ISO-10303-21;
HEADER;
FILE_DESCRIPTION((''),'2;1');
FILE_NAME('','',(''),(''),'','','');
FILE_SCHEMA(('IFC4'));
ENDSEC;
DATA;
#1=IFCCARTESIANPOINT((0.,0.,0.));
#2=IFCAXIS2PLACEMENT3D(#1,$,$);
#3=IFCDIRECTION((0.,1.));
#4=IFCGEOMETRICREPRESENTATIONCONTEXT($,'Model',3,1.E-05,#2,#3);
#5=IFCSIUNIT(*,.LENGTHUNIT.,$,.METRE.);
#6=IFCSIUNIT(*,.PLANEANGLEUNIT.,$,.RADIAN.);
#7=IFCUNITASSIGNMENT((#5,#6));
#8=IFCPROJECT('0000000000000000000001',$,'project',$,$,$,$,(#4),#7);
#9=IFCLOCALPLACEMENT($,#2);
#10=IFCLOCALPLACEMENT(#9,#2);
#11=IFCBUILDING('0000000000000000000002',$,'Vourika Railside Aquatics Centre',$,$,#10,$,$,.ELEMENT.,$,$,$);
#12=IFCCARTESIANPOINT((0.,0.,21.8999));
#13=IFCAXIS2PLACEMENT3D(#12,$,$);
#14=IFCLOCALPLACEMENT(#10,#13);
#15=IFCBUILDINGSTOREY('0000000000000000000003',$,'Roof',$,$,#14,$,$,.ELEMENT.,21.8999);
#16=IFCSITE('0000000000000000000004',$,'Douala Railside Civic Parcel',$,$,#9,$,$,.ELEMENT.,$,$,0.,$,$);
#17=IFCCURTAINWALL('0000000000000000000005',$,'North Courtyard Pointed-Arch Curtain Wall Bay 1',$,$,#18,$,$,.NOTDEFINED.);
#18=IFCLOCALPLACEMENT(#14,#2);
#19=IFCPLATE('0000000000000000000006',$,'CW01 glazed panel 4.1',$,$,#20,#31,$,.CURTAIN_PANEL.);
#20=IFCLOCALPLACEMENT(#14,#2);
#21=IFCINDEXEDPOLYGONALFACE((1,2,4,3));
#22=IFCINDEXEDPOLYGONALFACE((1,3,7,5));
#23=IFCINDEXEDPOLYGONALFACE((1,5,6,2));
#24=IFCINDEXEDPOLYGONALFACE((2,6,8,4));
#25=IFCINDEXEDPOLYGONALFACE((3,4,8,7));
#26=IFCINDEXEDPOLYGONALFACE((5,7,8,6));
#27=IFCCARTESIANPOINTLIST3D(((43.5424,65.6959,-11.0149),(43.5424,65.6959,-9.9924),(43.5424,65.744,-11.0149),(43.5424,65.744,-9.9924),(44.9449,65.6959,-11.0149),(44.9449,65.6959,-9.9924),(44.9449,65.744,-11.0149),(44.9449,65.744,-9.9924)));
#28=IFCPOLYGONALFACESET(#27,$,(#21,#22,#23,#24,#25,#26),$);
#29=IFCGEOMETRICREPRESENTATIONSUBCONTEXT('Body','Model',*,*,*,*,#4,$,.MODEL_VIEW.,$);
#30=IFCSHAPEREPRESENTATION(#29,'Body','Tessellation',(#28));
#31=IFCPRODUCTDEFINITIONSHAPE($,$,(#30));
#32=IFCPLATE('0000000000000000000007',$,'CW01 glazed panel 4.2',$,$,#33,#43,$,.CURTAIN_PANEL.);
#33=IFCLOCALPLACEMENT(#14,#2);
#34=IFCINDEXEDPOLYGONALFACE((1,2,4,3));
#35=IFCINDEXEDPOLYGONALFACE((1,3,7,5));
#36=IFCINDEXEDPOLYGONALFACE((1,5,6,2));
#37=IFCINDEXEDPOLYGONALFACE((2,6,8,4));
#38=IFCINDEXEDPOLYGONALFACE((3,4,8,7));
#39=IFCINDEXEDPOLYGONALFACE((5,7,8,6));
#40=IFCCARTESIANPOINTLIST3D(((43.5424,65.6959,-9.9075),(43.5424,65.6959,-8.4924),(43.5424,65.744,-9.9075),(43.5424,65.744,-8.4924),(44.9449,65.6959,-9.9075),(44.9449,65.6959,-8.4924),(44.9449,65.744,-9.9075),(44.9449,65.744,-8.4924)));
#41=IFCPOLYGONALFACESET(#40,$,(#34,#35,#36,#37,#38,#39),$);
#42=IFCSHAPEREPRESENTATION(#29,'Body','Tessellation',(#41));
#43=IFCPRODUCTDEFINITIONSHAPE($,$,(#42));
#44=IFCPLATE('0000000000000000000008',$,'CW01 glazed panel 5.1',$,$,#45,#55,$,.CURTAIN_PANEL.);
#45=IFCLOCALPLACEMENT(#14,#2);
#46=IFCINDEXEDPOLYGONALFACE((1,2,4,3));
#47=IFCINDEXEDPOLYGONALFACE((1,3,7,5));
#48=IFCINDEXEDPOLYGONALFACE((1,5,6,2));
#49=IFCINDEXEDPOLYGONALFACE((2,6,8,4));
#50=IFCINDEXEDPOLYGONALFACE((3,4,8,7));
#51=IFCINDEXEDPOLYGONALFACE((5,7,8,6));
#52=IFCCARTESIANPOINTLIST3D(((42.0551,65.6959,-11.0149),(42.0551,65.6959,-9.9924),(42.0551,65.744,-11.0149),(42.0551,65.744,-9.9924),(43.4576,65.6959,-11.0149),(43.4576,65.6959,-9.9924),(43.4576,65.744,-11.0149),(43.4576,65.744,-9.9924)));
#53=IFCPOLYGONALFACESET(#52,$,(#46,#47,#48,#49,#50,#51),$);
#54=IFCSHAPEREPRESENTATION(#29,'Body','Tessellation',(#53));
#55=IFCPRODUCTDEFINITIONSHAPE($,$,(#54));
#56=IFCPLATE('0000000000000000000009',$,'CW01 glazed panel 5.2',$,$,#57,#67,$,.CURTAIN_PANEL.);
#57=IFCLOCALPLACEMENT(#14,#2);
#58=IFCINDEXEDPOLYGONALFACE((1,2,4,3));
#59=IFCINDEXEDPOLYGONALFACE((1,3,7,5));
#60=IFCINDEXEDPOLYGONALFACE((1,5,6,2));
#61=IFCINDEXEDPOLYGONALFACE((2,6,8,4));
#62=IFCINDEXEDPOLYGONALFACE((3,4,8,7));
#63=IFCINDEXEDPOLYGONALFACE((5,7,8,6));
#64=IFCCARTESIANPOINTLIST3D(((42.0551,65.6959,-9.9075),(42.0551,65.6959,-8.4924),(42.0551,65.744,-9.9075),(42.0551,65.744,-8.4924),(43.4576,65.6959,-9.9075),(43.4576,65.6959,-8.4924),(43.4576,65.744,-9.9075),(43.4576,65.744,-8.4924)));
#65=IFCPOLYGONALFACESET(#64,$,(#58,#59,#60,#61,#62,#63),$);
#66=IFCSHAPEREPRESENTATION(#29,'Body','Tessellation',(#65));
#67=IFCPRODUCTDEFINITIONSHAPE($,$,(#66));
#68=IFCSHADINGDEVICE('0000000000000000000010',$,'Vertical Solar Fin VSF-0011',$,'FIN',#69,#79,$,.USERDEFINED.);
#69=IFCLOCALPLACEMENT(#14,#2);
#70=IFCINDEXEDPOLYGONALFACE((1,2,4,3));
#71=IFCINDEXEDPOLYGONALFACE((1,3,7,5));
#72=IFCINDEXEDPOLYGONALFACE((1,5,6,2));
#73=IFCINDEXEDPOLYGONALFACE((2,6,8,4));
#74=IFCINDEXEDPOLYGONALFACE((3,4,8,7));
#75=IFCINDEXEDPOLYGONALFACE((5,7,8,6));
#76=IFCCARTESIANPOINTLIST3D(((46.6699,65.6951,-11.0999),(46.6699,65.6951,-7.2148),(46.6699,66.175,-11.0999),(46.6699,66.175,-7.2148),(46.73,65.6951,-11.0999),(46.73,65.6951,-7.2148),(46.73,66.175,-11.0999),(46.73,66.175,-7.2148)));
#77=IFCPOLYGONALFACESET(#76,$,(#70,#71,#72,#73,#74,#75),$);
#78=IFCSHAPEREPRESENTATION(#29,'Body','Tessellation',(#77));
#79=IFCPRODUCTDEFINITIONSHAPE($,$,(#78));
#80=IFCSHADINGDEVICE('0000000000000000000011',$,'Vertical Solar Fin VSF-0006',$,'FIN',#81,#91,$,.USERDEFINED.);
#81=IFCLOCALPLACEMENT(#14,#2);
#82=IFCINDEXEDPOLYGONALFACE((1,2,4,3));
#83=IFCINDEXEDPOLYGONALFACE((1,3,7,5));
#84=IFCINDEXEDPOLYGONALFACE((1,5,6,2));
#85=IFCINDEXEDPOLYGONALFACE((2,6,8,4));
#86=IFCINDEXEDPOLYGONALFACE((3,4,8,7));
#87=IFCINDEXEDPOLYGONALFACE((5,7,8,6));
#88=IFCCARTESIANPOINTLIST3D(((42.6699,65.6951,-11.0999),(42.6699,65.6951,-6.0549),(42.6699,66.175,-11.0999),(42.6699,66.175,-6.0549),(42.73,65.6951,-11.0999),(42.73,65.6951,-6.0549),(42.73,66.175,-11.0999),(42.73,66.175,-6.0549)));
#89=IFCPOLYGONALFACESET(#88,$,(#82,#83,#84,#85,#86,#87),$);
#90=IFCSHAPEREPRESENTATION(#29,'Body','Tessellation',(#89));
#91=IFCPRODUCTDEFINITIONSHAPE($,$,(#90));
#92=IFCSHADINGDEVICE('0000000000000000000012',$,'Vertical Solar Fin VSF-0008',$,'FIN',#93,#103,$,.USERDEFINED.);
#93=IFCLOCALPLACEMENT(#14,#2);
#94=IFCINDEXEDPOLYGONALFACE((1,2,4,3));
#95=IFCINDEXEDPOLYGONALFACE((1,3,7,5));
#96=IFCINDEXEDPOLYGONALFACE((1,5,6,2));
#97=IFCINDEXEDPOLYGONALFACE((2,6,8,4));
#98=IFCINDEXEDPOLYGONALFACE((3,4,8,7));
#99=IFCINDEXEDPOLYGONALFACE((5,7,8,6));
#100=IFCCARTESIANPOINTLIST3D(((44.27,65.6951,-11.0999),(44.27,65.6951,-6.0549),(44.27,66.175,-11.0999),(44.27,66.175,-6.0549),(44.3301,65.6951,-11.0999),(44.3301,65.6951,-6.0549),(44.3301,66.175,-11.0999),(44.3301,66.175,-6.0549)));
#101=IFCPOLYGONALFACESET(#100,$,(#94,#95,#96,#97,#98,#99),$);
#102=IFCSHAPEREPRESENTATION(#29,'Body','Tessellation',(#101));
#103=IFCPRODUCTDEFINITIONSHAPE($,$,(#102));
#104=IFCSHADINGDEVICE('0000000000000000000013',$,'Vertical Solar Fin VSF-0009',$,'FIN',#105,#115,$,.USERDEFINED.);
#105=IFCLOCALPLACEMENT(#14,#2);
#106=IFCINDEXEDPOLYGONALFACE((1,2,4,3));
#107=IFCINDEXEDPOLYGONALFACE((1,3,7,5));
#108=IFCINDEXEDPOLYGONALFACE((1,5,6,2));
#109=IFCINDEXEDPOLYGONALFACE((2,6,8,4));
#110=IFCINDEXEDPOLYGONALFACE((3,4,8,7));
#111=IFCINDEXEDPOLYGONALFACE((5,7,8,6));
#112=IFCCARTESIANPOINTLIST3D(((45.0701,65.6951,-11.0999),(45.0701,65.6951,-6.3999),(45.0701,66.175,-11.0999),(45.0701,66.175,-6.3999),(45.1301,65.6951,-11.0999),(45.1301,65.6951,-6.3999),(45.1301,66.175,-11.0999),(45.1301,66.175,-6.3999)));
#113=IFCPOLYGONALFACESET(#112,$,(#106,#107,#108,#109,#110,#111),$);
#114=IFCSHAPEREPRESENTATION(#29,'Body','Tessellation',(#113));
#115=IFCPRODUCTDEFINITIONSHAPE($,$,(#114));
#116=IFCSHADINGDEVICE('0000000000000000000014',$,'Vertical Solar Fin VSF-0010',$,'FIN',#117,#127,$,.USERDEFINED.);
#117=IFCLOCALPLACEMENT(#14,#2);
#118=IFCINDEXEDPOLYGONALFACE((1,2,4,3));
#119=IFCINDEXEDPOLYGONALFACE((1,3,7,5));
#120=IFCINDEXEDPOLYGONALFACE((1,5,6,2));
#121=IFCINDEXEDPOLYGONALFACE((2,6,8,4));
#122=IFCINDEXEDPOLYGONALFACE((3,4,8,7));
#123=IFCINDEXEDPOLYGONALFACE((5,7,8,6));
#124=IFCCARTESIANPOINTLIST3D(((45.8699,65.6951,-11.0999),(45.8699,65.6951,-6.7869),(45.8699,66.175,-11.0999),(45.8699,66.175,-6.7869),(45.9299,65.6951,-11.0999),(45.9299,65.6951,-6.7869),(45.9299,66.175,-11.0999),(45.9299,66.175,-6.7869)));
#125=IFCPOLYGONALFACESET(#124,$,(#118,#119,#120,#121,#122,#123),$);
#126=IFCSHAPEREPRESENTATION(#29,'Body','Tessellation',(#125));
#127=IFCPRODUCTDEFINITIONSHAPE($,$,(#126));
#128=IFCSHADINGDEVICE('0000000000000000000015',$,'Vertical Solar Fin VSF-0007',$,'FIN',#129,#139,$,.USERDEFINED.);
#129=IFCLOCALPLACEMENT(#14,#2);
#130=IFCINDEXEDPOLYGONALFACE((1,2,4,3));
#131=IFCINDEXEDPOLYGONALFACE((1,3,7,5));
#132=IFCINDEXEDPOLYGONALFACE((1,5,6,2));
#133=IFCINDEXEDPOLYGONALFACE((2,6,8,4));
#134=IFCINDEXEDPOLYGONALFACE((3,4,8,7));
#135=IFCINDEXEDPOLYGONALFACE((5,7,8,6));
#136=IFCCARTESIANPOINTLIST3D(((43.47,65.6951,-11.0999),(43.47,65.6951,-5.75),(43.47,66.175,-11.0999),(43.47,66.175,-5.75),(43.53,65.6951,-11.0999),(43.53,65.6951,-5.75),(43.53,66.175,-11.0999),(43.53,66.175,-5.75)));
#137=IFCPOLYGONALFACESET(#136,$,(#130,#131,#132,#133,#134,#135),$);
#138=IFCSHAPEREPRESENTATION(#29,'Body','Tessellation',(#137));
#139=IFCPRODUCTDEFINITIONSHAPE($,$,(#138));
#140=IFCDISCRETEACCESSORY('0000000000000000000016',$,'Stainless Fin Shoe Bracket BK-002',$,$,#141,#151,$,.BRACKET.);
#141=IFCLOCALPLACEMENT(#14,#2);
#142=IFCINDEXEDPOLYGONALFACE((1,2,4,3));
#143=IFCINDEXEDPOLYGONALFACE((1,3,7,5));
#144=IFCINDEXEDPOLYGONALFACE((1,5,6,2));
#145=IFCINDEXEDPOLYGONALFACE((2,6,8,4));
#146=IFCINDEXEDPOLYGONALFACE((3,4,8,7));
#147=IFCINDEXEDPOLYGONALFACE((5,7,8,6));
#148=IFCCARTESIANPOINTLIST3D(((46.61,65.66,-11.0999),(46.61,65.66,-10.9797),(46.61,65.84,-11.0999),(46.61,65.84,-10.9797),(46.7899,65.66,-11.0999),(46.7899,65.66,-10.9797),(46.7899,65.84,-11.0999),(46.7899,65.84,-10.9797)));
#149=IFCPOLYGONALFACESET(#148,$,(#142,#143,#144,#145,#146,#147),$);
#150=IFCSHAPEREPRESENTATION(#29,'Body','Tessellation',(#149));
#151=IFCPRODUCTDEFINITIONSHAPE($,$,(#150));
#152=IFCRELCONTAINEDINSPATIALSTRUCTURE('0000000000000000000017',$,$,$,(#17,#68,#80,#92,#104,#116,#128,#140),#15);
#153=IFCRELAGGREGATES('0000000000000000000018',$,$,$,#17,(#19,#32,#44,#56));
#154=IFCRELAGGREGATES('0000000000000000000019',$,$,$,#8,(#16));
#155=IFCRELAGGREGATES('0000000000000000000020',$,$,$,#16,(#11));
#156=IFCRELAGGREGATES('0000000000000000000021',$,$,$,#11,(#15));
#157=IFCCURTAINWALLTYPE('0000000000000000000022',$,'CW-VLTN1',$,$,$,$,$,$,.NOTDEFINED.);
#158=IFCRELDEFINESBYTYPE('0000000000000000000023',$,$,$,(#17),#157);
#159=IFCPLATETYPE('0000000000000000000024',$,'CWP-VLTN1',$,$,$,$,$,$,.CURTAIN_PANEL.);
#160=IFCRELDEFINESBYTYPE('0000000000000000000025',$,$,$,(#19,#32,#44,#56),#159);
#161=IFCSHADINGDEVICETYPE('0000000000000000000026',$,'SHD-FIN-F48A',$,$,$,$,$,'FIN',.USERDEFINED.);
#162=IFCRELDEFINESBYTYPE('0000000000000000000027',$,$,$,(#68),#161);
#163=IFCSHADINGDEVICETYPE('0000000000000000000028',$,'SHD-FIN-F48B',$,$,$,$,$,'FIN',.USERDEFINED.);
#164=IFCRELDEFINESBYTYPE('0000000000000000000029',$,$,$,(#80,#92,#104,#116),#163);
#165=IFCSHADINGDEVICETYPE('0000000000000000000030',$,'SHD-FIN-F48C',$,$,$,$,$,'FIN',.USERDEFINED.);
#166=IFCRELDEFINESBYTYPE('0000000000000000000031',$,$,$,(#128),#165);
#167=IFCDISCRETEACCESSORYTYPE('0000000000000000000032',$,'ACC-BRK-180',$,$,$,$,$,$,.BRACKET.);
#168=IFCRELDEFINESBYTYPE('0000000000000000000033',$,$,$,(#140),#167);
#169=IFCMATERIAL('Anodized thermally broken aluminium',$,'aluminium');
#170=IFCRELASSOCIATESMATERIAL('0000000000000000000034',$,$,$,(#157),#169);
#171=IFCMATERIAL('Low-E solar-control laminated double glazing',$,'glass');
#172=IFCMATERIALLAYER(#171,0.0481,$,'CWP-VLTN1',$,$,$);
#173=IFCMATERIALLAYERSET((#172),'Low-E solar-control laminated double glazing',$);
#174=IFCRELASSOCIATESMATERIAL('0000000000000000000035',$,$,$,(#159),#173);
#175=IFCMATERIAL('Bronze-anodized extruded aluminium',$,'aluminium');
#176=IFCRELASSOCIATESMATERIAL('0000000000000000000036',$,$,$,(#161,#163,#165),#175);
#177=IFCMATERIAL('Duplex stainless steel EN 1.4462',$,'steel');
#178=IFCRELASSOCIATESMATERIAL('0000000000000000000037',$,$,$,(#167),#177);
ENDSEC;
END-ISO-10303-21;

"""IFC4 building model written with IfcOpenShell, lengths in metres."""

from ifc_helpers import new_model, si_unit, direction, frame, origin, origin_2d, place, context, subcontext, project, spatial, rectangle, extrude, material, layer, layer_set, material_profile, profile_set, type_object, element, aggregate, save


model = new_model("IFC4")

# Units and contexts
model_context = context("Model", 3, precision=1e-05, world=origin(), true_north=direction((0.0, 1.0)))
body_context = subcontext(model_context, "Body", "Model", "MODEL_VIEW")
ifc_project = project(units=[si_unit("LENGTHUNIT", "METRE"), si_unit("PLANEANGLEUNIT", "RADIAN")], contexts=[model_context])

# Site, building, storey
site_placement = place(None, origin())
site = spatial("IfcSite", under=ifc_project, at=site_placement, Name="Douala Railside Civic Parcel", CompositionType="ELEMENT", RefElevation=0.0)
building_placement = place(site_placement, origin())
building = spatial("IfcBuilding", under=site, at=building_placement, Name="Vourika Railside Aquatics Centre", CompositionType="ELEMENT")
storey_placement = place(building_placement, frame((0.0, 0.0, 21.8999)))
storey = spatial("IfcBuildingStorey", under=building, at=storey_placement, Name="Roof", CompositionType="ELEMENT", Elevation=21.8999)

# Curtain wall, plates
ifc_material_1 = material(Name="Anodized thermally broken aluminium", Category="aluminium")
curtain_wall_type = type_object("IfcCurtainWallType", Name="CW-VLTN1", PredefinedType="NOTDEFINED", material=ifc_material_1)
curtain_wall_placement = place(storey_placement, origin())
curtain_wall = element("IfcCurtainWall", 1, at=curtain_wall_placement, inside=storey, type_object=curtain_wall_type, Name="North Courtyard Pointed-Arch Curtain Wall Bay 1", PredefinedType="NOTDEFINED")
ifc_material_2 = material(Name="Low-E solar-control laminated double glazing", Category="glass")
ifc_layer = layer(ifc_material_2, 0.0481, Name="CWP-VLTN1")
ifc_layer_set = layer_set([ifc_layer], Name="Low-E solar-control laminated double glazing")
plate_type = type_object("IfcPlateType", Name="CWP-VLTN1", PredefinedType="CURTAIN_PANEL", material=ifc_layer_set)
plate_1_placement = place(storey_placement, frame((44.2437, 65.72, -11.0149), z_axis=(0.0, 0.0, 1.0), x_axis=(-1.0, 0.0, 0.0)))
plate_1 = element("IfcPlate", 2, at=plate_1_placement, type_object=plate_type, Name="CW01 glazed panel 4.1", PredefinedType="CURTAIN_PANEL", context=body_context, shape_type="SweptSolid", body=[
    extrude(rectangle(XDim=1.4026, YDim=0.0481, at=origin_2d()), origin(), (0.0, 0.0, 1.0), 1.0225),
])
plate_2_placement = place(storey_placement, frame((44.2437, 65.72, -9.9075), z_axis=(0.0, 0.0, 1.0), x_axis=(-1.0, 0.0, 0.0)))
plate_2 = element("IfcPlate", 3, at=plate_2_placement, type_object=plate_type, Name="CW01 glazed panel 4.2", PredefinedType="CURTAIN_PANEL", context=body_context, shape_type="SweptSolid", body=[
    extrude(rectangle(XDim=1.4026, YDim=0.0481, at=origin_2d()), origin(), (0.0, 0.0, 1.0), 1.415),
])
plate_3_placement = place(storey_placement, frame((42.7563, 65.72, -11.0149), z_axis=(0.0, 0.0, 1.0), x_axis=(-1.0, 0.0, 0.0)))
plate_3 = element("IfcPlate", 4, at=plate_3_placement, type_object=plate_type, Name="CW01 glazed panel 5.1", PredefinedType="CURTAIN_PANEL", context=body_context, shape_type="SweptSolid", body=[
    extrude(rectangle(XDim=1.4026, YDim=0.0481, at=origin_2d()), origin(), (0.0, 0.0, 1.0), 1.0225),
])
plate_4_placement = place(storey_placement, frame((42.7563, 65.72, -9.9075), z_axis=(0.0, 0.0, 1.0), x_axis=(-1.0, 0.0, 0.0)))
plate_4 = element("IfcPlate", 5, at=plate_4_placement, type_object=plate_type, Name="CW01 glazed panel 5.2", PredefinedType="CURTAIN_PANEL", context=body_context, shape_type="SweptSolid", body=[
    extrude(rectangle(XDim=1.4026, YDim=0.0481, at=origin_2d()), origin(), (0.0, 0.0, 1.0), 1.415),
])
aggregate(curtain_wall, [plate_1, plate_2, plate_3, plate_4])

# Shading devices
ifc_material_3 = material(Name="Bronze-anodized extruded aluminium", Category="aluminium")
ifc_material_profile_1 = material_profile(ifc_material_3, rectangle(XDim=0.0601, YDim=0.48, at=origin_2d()), Name="ALU-FIN 60x480")
ifc_profile_set_1 = profile_set([ifc_material_profile_1], Name="Bronze-anodized extruded aluminium")
shading_device_type_1 = type_object("IfcShadingDeviceType", Name="SHD-FIN-F48A", ElementType="FIN", PredefinedType="USERDEFINED", material=ifc_profile_set_1)
shading_device_1_placement = place(storey_placement, frame((46.7, 65.9351, -11.0999), z_axis=(0.0, 0.0, 1.0), x_axis=(1.0, 0.0, 0.0)))
element("IfcShadingDevice", 6, at=shading_device_1_placement, inside=storey, type_object=shading_device_type_1, Name="Vertical Solar Fin VSF-0011", ObjectType="FIN", PredefinedType="USERDEFINED", context=body_context, shape_type="SweptSolid", body=[
    extrude(rectangle(XDim=0.0601, YDim=0.48, at=origin_2d()), origin(), (0.0, 0.0, 1.0), 3.885),
])
ifc_material_profile_2 = material_profile(ifc_material_3, rectangle(XDim=0.0601, YDim=0.48, at=origin_2d()), Name="ALU-FIN 60x480")
ifc_profile_set_2 = profile_set([ifc_material_profile_2], Name="Bronze-anodized extruded aluminium")
shading_device_type_2 = type_object("IfcShadingDeviceType", Name="SHD-FIN-F48B", ElementType="FIN", PredefinedType="USERDEFINED", material=ifc_profile_set_2)
for number, where, z_axis, x_axis, name in (
    (7, (42.7, 65.9351, -11.0999), (0.0, 0.0, 1.0), (1.0, 0.0, 0.0), "Vertical Solar Fin VSF-0006"),
    (8, (44.3, 65.9351, -11.0999), (0.0, 0.0, 1.0), (1.0, 0.0, 0.0), "Vertical Solar Fin VSF-0008"),
):
    element("IfcShadingDevice", number, at=place(storey_placement, frame(where, z_axis=z_axis, x_axis=x_axis)), inside=storey, type_object=shading_device_type_2, Name=name, ObjectType="FIN", PredefinedType="USERDEFINED", context=body_context, shape_type="SweptSolid", body=[
        extrude(rectangle(XDim=0.0601, YDim=0.48, at=origin_2d()), origin(), (0.0, 0.0, 1.0), 5.0449),
    ])
shading_device_2_placement = place(storey_placement, frame((45.1001, 65.9351, -11.0999), z_axis=(0.0, 0.0, 1.0), x_axis=(1.0, 0.0, 0.0)))
element("IfcShadingDevice", 9, at=shading_device_2_placement, inside=storey, type_object=shading_device_type_2, Name="Vertical Solar Fin VSF-0009", ObjectType="FIN", PredefinedType="USERDEFINED", context=body_context, shape_type="SweptSolid", body=[
    extrude(rectangle(XDim=0.0601, YDim=0.48, at=origin_2d()), origin(), (0.0, 0.0, 1.0), 4.7),
])
shading_device_3_placement = place(storey_placement, frame((45.8999, 65.9351, -11.0999), z_axis=(0.0, 0.0, 1.0), x_axis=(1.0, 0.0, 0.0)))
element("IfcShadingDevice", 10, at=shading_device_3_placement, inside=storey, type_object=shading_device_type_2, Name="Vertical Solar Fin VSF-0010", ObjectType="FIN", PredefinedType="USERDEFINED", context=body_context, shape_type="SweptSolid", body=[
    extrude(rectangle(XDim=0.0601, YDim=0.48, at=origin_2d()), origin(), (0.0, 0.0, 1.0), 4.313),
])
ifc_material_profile_3 = material_profile(ifc_material_3, rectangle(XDim=0.0601, YDim=0.48, at=origin_2d()), Name="ALU-FIN 60x480")
ifc_profile_set_3 = profile_set([ifc_material_profile_3], Name="Bronze-anodized extruded aluminium")
shading_device_type_3 = type_object("IfcShadingDeviceType", Name="SHD-FIN-F48C", ElementType="FIN", PredefinedType="USERDEFINED", material=ifc_profile_set_3)
shading_device_4_placement = place(storey_placement, frame((43.5, 65.9351, -11.0999), z_axis=(0.0, 0.0, 1.0), x_axis=(1.0, 0.0, 0.0)))
element("IfcShadingDevice", 11, at=shading_device_4_placement, inside=storey, type_object=shading_device_type_3, Name="Vertical Solar Fin VSF-0007", ObjectType="FIN", PredefinedType="USERDEFINED", context=body_context, shape_type="SweptSolid", body=[
    extrude(rectangle(XDim=0.0601, YDim=0.48, at=origin_2d()), origin(), (0.0, 0.0, 1.0), 5.3499),
])

# Discrete accessory
ifc_material_4 = material(Name="Duplex stainless steel EN 1.4462", Category="steel")
discrete_accessory_type = type_object("IfcDiscreteAccessoryType", Name="ACC-BRK-180", PredefinedType="BRACKET", material=ifc_material_4)
discrete_accessory_placement = place(storey_placement, frame((46.7, 65.75, -11.0999), z_axis=(0.0, 0.0, 1.0), x_axis=(0.0, 1.0, 0.0)))
element("IfcDiscreteAccessory", 12, at=discrete_accessory_placement, inside=storey, type_object=discrete_accessory_type, Name="Stainless Fin Shoe Bracket BK-002", PredefinedType="BRACKET", context=body_context, shape_type="SweptSolid", body=[
    extrude(rectangle(XDim=0.1799, YDim=0.1799, at=origin_2d()), origin(), (0.0, 0.0, 1.0), 0.1201),
])

save(model, "model.ifc")
